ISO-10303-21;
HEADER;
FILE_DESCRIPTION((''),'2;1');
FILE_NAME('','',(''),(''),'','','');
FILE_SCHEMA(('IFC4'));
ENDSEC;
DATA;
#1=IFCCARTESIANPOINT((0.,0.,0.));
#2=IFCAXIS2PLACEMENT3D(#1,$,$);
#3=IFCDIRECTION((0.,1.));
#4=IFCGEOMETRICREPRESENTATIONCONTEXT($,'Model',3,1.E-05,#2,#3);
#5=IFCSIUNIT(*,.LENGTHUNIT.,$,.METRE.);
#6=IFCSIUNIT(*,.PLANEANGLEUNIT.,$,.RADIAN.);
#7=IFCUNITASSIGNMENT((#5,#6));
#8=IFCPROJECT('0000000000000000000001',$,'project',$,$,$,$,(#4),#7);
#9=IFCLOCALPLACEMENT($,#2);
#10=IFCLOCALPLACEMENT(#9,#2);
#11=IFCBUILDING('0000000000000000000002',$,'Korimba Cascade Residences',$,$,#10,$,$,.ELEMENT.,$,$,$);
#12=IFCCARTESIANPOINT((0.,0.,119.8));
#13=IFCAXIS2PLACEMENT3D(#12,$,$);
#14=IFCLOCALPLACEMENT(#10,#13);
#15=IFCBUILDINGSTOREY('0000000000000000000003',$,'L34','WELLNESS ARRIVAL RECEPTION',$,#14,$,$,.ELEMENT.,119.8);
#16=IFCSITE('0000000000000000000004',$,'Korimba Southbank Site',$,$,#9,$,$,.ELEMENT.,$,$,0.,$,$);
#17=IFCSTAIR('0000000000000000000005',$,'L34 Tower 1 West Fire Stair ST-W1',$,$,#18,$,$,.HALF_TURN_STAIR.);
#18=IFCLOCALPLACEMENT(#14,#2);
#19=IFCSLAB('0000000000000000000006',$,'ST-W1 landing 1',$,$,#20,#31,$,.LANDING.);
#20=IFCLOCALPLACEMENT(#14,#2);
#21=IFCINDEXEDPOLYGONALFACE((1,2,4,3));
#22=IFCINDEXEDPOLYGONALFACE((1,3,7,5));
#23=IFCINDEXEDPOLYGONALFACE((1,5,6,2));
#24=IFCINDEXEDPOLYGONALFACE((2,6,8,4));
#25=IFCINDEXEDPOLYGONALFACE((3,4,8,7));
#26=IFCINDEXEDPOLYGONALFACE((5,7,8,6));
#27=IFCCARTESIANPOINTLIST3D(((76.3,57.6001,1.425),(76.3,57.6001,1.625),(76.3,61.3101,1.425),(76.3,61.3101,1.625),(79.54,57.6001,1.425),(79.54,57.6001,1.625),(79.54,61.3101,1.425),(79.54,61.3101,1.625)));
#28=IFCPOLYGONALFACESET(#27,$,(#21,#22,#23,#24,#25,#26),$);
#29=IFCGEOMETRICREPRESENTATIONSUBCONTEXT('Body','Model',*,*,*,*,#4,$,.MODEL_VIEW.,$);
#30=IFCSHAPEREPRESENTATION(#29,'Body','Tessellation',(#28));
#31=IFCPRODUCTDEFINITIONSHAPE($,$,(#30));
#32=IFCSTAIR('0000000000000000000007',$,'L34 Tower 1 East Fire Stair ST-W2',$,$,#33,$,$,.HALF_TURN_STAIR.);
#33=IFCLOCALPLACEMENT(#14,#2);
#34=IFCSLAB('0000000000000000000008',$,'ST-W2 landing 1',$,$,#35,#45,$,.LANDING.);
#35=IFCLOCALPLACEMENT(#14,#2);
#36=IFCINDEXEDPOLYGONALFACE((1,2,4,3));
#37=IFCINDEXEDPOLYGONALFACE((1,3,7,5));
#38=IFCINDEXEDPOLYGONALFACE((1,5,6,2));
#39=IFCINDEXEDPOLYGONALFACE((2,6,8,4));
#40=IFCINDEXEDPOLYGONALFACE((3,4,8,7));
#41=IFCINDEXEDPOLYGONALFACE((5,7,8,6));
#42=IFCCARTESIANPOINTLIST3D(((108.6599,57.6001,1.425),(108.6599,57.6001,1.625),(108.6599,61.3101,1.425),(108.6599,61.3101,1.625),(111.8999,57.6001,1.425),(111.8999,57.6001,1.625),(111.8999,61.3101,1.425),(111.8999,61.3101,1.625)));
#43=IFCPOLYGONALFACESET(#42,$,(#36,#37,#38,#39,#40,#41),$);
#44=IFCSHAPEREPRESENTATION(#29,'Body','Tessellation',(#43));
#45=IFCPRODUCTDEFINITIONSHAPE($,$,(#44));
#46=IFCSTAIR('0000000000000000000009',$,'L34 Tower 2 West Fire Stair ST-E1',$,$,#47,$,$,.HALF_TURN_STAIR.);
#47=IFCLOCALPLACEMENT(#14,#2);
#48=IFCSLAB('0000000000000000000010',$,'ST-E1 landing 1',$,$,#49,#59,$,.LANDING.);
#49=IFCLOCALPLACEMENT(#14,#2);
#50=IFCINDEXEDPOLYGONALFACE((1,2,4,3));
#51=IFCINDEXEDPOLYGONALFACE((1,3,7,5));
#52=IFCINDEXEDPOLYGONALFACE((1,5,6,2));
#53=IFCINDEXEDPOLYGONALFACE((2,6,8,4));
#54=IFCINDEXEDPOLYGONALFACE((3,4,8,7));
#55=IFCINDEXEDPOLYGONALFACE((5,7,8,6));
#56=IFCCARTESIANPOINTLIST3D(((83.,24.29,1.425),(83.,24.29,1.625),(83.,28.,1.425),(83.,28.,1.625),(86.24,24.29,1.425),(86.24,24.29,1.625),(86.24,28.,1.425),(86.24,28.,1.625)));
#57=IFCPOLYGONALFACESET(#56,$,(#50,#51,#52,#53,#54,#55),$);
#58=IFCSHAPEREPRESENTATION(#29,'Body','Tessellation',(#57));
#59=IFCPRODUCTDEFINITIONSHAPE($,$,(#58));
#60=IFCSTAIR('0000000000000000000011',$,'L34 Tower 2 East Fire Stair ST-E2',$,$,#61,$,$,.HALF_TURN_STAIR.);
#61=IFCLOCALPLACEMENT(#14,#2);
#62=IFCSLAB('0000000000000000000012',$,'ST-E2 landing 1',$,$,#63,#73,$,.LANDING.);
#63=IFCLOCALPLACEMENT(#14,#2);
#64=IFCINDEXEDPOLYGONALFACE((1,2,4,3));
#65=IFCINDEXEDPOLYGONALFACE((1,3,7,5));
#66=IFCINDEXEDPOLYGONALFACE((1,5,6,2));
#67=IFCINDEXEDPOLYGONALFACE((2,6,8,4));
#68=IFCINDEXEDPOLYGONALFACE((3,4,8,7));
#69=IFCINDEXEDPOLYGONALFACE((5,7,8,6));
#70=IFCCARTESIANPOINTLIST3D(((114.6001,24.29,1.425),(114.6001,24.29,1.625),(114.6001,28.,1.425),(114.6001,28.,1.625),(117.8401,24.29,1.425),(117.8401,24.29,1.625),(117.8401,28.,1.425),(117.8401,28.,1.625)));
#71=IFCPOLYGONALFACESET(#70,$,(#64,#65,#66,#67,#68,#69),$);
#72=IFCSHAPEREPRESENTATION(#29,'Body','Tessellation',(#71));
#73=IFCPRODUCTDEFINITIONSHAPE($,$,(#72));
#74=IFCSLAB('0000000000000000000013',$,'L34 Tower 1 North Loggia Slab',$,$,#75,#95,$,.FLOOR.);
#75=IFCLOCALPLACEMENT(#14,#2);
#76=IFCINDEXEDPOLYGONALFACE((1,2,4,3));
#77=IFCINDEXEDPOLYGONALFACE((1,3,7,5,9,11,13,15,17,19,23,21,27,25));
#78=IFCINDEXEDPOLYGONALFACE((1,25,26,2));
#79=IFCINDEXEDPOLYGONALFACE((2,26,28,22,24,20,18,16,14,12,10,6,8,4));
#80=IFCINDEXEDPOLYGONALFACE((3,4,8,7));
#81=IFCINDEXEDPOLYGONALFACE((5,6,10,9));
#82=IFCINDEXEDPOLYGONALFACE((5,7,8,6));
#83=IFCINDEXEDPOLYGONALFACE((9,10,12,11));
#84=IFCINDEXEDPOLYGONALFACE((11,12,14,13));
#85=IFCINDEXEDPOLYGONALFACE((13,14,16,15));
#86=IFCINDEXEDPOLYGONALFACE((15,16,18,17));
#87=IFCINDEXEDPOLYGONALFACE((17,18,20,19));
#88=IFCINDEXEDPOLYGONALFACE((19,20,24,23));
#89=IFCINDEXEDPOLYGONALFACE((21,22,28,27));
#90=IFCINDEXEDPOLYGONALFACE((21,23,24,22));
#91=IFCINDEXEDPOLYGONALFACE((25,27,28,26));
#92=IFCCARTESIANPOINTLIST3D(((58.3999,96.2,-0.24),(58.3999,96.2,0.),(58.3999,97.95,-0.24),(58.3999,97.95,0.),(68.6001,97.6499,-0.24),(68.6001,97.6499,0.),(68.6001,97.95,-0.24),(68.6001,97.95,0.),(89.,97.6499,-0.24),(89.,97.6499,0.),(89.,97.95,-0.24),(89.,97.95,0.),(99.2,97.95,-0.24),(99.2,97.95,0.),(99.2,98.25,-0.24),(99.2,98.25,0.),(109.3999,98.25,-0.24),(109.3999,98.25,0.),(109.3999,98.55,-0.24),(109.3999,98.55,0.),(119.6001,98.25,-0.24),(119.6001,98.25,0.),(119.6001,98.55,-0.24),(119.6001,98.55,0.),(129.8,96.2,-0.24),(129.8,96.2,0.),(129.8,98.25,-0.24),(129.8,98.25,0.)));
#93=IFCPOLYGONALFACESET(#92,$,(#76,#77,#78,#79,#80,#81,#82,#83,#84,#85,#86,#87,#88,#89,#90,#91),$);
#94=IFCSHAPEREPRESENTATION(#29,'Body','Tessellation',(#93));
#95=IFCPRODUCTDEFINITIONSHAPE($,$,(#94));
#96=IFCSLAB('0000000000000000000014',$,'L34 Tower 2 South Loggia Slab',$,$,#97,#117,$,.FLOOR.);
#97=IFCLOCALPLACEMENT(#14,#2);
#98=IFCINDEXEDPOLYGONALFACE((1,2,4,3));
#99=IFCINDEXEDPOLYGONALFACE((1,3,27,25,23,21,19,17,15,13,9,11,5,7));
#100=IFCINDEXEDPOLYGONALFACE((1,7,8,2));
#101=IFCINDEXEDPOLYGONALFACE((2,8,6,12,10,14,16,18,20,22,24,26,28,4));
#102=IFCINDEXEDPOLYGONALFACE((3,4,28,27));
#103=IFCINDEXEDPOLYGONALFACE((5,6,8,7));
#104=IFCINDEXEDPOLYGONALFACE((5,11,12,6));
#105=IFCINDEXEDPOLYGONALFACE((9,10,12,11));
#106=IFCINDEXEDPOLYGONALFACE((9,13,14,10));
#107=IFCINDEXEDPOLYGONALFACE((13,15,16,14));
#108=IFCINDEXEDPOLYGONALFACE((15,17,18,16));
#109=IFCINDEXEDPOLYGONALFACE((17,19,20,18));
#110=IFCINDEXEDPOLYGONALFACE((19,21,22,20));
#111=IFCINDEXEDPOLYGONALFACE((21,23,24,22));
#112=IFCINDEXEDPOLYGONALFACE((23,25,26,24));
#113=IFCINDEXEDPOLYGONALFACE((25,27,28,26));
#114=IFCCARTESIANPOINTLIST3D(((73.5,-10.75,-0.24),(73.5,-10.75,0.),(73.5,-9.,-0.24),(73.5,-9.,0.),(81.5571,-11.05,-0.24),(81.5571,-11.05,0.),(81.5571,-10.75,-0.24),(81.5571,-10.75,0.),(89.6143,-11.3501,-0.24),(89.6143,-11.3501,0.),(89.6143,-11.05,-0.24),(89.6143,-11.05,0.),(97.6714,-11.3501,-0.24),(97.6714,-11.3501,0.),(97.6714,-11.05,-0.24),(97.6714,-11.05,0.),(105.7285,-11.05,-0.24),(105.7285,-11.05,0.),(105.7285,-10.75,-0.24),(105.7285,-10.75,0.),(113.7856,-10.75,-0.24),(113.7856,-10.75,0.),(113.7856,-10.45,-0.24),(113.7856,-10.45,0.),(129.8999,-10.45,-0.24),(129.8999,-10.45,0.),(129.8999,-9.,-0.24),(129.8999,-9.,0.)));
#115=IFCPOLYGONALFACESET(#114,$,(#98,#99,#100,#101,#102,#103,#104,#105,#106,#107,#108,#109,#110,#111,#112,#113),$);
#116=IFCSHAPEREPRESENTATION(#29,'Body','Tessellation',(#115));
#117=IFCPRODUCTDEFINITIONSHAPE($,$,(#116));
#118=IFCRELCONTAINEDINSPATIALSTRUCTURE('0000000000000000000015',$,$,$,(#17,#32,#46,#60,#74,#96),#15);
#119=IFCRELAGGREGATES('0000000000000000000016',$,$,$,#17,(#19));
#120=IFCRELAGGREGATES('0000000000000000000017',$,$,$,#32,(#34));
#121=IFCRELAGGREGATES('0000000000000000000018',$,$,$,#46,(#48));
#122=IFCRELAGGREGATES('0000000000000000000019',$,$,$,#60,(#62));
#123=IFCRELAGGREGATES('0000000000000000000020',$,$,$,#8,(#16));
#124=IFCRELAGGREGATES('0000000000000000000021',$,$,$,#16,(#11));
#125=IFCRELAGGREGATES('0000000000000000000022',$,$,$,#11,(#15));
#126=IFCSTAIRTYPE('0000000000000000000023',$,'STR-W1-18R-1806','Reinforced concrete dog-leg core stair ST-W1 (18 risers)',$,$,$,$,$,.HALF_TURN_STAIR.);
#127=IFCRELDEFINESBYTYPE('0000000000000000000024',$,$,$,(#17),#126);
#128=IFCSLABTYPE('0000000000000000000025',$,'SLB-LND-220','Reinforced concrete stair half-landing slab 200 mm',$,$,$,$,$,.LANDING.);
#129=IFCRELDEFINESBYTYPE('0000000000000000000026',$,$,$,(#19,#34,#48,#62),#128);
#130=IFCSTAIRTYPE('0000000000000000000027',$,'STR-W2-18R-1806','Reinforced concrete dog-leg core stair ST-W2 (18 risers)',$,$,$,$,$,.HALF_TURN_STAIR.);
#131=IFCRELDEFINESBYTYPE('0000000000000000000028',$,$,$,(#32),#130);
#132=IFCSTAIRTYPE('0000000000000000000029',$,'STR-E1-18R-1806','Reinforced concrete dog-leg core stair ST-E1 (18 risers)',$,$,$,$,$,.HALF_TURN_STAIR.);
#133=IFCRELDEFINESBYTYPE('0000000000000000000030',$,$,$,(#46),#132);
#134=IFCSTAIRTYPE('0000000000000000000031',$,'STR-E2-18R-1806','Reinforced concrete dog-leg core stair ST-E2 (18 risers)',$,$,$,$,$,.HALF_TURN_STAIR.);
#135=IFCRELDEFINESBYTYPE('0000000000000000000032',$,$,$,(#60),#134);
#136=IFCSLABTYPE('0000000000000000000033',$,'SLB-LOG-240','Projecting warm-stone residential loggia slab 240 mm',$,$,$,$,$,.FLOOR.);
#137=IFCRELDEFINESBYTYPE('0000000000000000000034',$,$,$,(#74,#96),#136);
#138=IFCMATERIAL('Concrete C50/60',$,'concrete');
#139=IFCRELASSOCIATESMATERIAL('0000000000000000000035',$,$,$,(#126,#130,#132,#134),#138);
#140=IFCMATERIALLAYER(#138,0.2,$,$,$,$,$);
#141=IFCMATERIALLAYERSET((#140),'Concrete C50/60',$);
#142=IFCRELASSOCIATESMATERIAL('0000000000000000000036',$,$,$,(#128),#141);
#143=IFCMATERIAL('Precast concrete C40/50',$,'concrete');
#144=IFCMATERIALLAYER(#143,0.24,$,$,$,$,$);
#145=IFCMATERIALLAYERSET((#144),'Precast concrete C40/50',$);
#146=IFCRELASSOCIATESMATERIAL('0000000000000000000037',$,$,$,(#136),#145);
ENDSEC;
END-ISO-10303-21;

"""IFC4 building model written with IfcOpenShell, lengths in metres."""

from ifc_helpers import new_model, si_unit, direction, frame, origin, place, context, subcontext, project, spatial, polyline, outline, extrude, material, layer, layer_set, type_object, element, aggregate, save


model = new_model("IFC4")

# Units and contexts
model_context = context("Model", 3, precision=1e-05, world=origin(), true_north=direction((0.0, 1.0)))
body_context = subcontext(model_context, "Body", "Model", "MODEL_VIEW")
ifc_project = project(units=[si_unit("LENGTHUNIT", "METRE"), si_unit("PLANEANGLEUNIT", "RADIAN")], contexts=[model_context])

# Site, building, storey
site_placement = place(None, origin())
site = spatial("IfcSite", under=ifc_project, at=site_placement, Name="Korimba Southbank Site", CompositionType="ELEMENT", RefElevation=0.0)
building_placement = place(site_placement, origin())
building = spatial("IfcBuilding", under=site, at=building_placement, Name="Korimba Cascade Residences", CompositionType="ELEMENT")
storey_placement = place(building_placement, frame((0.0, 0.0, 119.8)))
storey = spatial("IfcBuildingStorey", under=building, at=storey_placement, Name="L34", Description="WELLNESS ARRIVAL RECEPTION", CompositionType="ELEMENT", Elevation=119.8)

# Stairs, slabs
ifc_material_1 = material(Name="Concrete C50/60", Category="concrete")
stair_type_1 = type_object("IfcStairType", Name="STR-W1-18R-1806", Description="Reinforced concrete dog-leg core stair ST-W1 (18 risers)", PredefinedType="HALF_TURN_STAIR", material=ifc_material_1)
stair_1_placement = place(storey_placement, origin())
stair_1 = element("IfcStair", 1, at=stair_1_placement, inside=storey, type_object=stair_type_1, Name="L34 Tower 1 West Fire Stair ST-W1", PredefinedType="HALF_TURN_STAIR")
ifc_layer_1 = layer(ifc_material_1, 0.2)
ifc_layer_set_1 = layer_set([ifc_layer_1], Name="Concrete C50/60")
slab_type_1 = type_object("IfcSlabType", Name="SLB-LND-220", Description="Reinforced concrete stair half-landing slab 200 mm", PredefinedType="LANDING", material=ifc_layer_set_1)
slab_1_placement = place(storey_placement, frame((0.0, 0.0, 1.425)))
slab_1 = element("IfcSlab", 2, at=slab_1_placement, type_object=slab_type_1, Name="ST-W1 landing 1", PredefinedType="LANDING", context=body_context, shape_type="SweptSolid", body=[
    extrude(outline(polyline([(76.3, 61.3101), (76.3, 57.6001), (79.54, 57.6001), (79.54, 61.3101), (76.3, 61.3101)])), origin(), (0.0, 0.0, 1.0), 0.2),
])
aggregate(stair_1, [slab_1])
stair_type_2 = type_object("IfcStairType", Name="STR-W2-18R-1806", Description="Reinforced concrete dog-leg core stair ST-W2 (18 risers)", PredefinedType="HALF_TURN_STAIR", material=ifc_material_1)
stair_2_placement = place(storey_placement, origin())
stair_2 = element("IfcStair", 3, at=stair_2_placement, inside=storey, type_object=stair_type_2, Name="L34 Tower 1 East Fire Stair ST-W2", PredefinedType="HALF_TURN_STAIR")
slab_2_placement = place(storey_placement, frame((0.0, 0.0, 1.425)))
slab_2 = element("IfcSlab", 4, at=slab_2_placement, type_object=slab_type_1, Name="ST-W2 landing 1", PredefinedType="LANDING", context=body_context, shape_type="SweptSolid", body=[
    extrude(outline(polyline([(108.6599, 61.3101), (108.6599, 57.6001), (111.8999, 57.6001), (111.8999, 61.3101), (108.6599, 61.3101)])), origin(), (0.0, 0.0, 1.0), 0.2),
])
aggregate(stair_2, [slab_2])
stair_type_3 = type_object("IfcStairType", Name="STR-E1-18R-1806", Description="Reinforced concrete dog-leg core stair ST-E1 (18 risers)", PredefinedType="HALF_TURN_STAIR", material=ifc_material_1)
stair_3_placement = place(storey_placement, origin())
stair_3 = element("IfcStair", 5, at=stair_3_placement, inside=storey, type_object=stair_type_3, Name="L34 Tower 2 West Fire Stair ST-E1", PredefinedType="HALF_TURN_STAIR")
slab_3_placement = place(storey_placement, frame((0.0, 0.0, 1.425)))
slab_3 = element("IfcSlab", 6, at=slab_3_placement, type_object=slab_type_1, Name="ST-E1 landing 1", PredefinedType="LANDING", context=body_context, shape_type="SweptSolid", body=[
    extrude(outline(polyline([(86.24, 24.29), (86.24, 28.0), (83.0, 28.0), (83.0, 24.29), (86.24, 24.29)])), origin(), (0.0, 0.0, 1.0), 0.2),
])
aggregate(stair_3, [slab_3])
stair_type_4 = type_object("IfcStairType", Name="STR-E2-18R-1806", Description="Reinforced concrete dog-leg core stair ST-E2 (18 risers)", PredefinedType="HALF_TURN_STAIR", material=ifc_material_1)
stair_4_placement = place(storey_placement, origin())
stair_4 = element("IfcStair", 7, at=stair_4_placement, inside=storey, type_object=stair_type_4, Name="L34 Tower 2 East Fire Stair ST-E2", PredefinedType="HALF_TURN_STAIR")
slab_4_placement = place(storey_placement, frame((0.0, 0.0, 1.425)))
slab_4 = element("IfcSlab", 8, at=slab_4_placement, type_object=slab_type_1, Name="ST-E2 landing 1", PredefinedType="LANDING", context=body_context, shape_type="SweptSolid", body=[
    extrude(outline(polyline([(117.8401, 24.29), (117.8401, 28.0), (114.6001, 28.0), (114.6001, 24.29), (117.8401, 24.29)])), origin(), (0.0, 0.0, 1.0), 0.2),
])
aggregate(stair_4, [slab_4])

# Slabs
ifc_material_2 = material(Name="Precast concrete C40/50", Category="concrete")
ifc_layer_2 = layer(ifc_material_2, 0.24)
ifc_layer_set_2 = layer_set([ifc_layer_2], Name="Precast concrete C40/50")
slab_type_2 = type_object("IfcSlabType", Name="SLB-LOG-240", Description="Projecting warm-stone residential loggia slab 240 mm", PredefinedType="FLOOR", material=ifc_layer_set_2)
slab_5_placement = place(storey_placement, frame((0.0, 0.0, -0.24)))
element("IfcSlab", 9, at=slab_5_placement, inside=storey, type_object=slab_type_2, Name="L34 Tower 1 North Loggia Slab", PredefinedType="FLOOR", context=body_context, shape_type="SweptSolid", body=[
    extrude(outline(polyline([(58.3999, 96.2), (129.8, 96.2), (129.8, 98.25), (119.6001, 98.25), (119.6001, 98.55), (109.3999, 98.55), (109.3999, 98.25), (99.2, 98.25), (99.2, 97.95), (89.0, 97.95), (89.0, 97.6499), (68.6001, 97.6499), (68.6001, 97.95), (58.3999, 97.95), (58.3999, 96.2)])), origin(), (0.0, 0.0, 1.0), 0.24),
])
slab_6_placement = place(storey_placement, frame((0.0, 0.0, -0.24)))
element("IfcSlab", 10, at=slab_6_placement, inside=storey, type_object=slab_type_2, Name="L34 Tower 2 South Loggia Slab", PredefinedType="FLOOR", context=body_context, shape_type="SweptSolid", body=[
    extrude(outline(polyline([(73.5, -10.75), (81.5571, -10.75), (81.5571, -11.05), (89.6143, -11.05), (89.6143, -11.3501), (97.6714, -11.3501), (97.6714, -11.05), (105.7285, -11.05), (105.7285, -10.75), (113.7856, -10.75), (113.7856, -10.45), (129.8999, -10.45), (129.8999, -9.0), (73.5, -9.0), (73.5, -10.75)])), origin(), (0.0, 0.0, 1.0), 0.24),
])

save(model, "model.ifc")
